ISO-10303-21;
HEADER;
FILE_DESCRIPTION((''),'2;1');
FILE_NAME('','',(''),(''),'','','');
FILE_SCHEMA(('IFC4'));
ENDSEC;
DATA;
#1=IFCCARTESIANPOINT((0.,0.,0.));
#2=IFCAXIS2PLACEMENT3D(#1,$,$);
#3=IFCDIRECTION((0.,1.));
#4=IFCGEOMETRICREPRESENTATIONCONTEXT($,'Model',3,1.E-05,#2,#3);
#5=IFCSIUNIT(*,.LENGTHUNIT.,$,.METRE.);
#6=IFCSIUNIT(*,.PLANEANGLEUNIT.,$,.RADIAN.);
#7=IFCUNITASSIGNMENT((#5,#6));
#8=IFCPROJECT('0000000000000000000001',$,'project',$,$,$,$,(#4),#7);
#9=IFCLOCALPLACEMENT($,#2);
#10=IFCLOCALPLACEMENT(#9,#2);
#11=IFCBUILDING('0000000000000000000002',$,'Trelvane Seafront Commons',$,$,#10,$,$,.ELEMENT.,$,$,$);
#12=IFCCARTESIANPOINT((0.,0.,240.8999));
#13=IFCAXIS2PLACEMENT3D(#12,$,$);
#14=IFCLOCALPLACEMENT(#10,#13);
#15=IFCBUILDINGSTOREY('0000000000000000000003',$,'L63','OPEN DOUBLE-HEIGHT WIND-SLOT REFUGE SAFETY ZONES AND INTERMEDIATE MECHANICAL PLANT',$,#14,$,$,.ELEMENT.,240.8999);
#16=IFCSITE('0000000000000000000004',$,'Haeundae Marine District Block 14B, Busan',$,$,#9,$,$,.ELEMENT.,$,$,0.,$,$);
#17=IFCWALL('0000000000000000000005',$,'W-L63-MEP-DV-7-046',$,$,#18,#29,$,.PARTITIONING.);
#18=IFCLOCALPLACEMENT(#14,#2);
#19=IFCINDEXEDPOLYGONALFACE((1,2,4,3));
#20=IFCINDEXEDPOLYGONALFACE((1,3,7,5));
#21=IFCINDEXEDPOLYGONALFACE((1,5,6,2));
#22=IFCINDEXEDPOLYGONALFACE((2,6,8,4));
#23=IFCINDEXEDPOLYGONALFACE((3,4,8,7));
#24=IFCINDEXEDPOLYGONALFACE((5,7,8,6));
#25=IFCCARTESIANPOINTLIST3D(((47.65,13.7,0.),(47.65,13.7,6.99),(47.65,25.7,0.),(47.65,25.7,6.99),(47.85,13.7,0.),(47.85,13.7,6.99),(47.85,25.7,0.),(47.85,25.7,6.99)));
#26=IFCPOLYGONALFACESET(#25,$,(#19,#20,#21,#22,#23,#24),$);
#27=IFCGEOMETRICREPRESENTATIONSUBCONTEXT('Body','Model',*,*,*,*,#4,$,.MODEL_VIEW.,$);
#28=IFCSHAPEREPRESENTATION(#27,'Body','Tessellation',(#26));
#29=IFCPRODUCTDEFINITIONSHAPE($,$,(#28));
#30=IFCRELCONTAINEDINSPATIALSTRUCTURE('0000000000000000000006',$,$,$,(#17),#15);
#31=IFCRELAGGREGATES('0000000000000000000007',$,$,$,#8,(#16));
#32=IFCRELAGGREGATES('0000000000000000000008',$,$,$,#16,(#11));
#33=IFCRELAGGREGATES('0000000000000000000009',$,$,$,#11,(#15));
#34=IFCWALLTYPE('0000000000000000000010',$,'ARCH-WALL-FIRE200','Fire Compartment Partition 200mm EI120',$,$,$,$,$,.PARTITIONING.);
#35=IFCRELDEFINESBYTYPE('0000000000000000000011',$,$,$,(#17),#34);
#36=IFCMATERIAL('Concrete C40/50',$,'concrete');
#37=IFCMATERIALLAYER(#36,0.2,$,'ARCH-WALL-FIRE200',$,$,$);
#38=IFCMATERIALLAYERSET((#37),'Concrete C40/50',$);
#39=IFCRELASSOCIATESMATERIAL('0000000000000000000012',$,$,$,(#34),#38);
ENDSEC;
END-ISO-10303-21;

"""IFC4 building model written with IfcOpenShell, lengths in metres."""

from ifc_helpers import new_model, si_unit, direction, frame, frame_2d, origin, place, context, subcontext, project, spatial, rectangle, extrude, material, layer, layer_set, type_object, element, save


model = new_model("IFC4")

# Units and contexts
model_context = context("Model", 3, precision=1e-05, world=origin(), true_north=direction((0.0, 1.0)))
body_context = subcontext(model_context, "Body", "Model", "MODEL_VIEW")
ifc_project = project(units=[si_unit("LENGTHUNIT", "METRE"), si_unit("PLANEANGLEUNIT", "RADIAN")], contexts=[model_context])

# Site, building, storey
site_placement = place(None, origin())
site = spatial("IfcSite", under=ifc_project, at=site_placement, Name="Haeundae Marine District Block 14B, Busan", CompositionType="ELEMENT", RefElevation=0.0)
building_placement = place(site_placement, origin())
building = spatial("IfcBuilding", under=site, at=building_placement, Name="Trelvane Seafront Commons", CompositionType="ELEMENT")
storey_placement = place(building_placement, frame((0.0, 0.0, 240.8999)))
storey = spatial("IfcBuildingStorey", under=building, at=storey_placement, Name="L63", Description="OPEN DOUBLE-HEIGHT WIND-SLOT REFUGE SAFETY ZONES AND INTERMEDIATE MECHANICAL PLANT", CompositionType="ELEMENT", Elevation=240.8999)

# Wall
ifc_material_1 = material(Name="Concrete C40/50", Category="concrete")
ifc_layer_1 = layer(ifc_material_1, 0.2, Name="ARCH-WALL-FIRE200")
ifc_layer_set_1 = layer_set([ifc_layer_1], Name="Concrete C40/50")
wall_type = type_object("IfcWallType", Name="ARCH-WALL-FIRE200", Description="Fire Compartment Partition 200mm EI120", PredefinedType="PARTITIONING", material=ifc_layer_set_1)
for number, where, z_axis, x_axis, name in (
    (1, (47.75, 13.7, 0.0), (0.0, 0.0, 1.0), (0.0, 1.0, 0.0), "W-L63-MEP-DV-7-046"),
):
    element("IfcWall", number, at=place(storey_placement, frame(where, z_axis=z_axis, x_axis=x_axis)), inside=storey, type_object=wall_type, Name=name, PredefinedType="PARTITIONING", context=body_context, shape_type="SweptSolid", body=[
        extrude(rectangle(XDim=12.0, YDim=0.2, at=frame_2d((6.0, 0.0))), origin(), (0.0, 0.0, 1.0), 6.99),
    ])

save(model, "model.ifc")
